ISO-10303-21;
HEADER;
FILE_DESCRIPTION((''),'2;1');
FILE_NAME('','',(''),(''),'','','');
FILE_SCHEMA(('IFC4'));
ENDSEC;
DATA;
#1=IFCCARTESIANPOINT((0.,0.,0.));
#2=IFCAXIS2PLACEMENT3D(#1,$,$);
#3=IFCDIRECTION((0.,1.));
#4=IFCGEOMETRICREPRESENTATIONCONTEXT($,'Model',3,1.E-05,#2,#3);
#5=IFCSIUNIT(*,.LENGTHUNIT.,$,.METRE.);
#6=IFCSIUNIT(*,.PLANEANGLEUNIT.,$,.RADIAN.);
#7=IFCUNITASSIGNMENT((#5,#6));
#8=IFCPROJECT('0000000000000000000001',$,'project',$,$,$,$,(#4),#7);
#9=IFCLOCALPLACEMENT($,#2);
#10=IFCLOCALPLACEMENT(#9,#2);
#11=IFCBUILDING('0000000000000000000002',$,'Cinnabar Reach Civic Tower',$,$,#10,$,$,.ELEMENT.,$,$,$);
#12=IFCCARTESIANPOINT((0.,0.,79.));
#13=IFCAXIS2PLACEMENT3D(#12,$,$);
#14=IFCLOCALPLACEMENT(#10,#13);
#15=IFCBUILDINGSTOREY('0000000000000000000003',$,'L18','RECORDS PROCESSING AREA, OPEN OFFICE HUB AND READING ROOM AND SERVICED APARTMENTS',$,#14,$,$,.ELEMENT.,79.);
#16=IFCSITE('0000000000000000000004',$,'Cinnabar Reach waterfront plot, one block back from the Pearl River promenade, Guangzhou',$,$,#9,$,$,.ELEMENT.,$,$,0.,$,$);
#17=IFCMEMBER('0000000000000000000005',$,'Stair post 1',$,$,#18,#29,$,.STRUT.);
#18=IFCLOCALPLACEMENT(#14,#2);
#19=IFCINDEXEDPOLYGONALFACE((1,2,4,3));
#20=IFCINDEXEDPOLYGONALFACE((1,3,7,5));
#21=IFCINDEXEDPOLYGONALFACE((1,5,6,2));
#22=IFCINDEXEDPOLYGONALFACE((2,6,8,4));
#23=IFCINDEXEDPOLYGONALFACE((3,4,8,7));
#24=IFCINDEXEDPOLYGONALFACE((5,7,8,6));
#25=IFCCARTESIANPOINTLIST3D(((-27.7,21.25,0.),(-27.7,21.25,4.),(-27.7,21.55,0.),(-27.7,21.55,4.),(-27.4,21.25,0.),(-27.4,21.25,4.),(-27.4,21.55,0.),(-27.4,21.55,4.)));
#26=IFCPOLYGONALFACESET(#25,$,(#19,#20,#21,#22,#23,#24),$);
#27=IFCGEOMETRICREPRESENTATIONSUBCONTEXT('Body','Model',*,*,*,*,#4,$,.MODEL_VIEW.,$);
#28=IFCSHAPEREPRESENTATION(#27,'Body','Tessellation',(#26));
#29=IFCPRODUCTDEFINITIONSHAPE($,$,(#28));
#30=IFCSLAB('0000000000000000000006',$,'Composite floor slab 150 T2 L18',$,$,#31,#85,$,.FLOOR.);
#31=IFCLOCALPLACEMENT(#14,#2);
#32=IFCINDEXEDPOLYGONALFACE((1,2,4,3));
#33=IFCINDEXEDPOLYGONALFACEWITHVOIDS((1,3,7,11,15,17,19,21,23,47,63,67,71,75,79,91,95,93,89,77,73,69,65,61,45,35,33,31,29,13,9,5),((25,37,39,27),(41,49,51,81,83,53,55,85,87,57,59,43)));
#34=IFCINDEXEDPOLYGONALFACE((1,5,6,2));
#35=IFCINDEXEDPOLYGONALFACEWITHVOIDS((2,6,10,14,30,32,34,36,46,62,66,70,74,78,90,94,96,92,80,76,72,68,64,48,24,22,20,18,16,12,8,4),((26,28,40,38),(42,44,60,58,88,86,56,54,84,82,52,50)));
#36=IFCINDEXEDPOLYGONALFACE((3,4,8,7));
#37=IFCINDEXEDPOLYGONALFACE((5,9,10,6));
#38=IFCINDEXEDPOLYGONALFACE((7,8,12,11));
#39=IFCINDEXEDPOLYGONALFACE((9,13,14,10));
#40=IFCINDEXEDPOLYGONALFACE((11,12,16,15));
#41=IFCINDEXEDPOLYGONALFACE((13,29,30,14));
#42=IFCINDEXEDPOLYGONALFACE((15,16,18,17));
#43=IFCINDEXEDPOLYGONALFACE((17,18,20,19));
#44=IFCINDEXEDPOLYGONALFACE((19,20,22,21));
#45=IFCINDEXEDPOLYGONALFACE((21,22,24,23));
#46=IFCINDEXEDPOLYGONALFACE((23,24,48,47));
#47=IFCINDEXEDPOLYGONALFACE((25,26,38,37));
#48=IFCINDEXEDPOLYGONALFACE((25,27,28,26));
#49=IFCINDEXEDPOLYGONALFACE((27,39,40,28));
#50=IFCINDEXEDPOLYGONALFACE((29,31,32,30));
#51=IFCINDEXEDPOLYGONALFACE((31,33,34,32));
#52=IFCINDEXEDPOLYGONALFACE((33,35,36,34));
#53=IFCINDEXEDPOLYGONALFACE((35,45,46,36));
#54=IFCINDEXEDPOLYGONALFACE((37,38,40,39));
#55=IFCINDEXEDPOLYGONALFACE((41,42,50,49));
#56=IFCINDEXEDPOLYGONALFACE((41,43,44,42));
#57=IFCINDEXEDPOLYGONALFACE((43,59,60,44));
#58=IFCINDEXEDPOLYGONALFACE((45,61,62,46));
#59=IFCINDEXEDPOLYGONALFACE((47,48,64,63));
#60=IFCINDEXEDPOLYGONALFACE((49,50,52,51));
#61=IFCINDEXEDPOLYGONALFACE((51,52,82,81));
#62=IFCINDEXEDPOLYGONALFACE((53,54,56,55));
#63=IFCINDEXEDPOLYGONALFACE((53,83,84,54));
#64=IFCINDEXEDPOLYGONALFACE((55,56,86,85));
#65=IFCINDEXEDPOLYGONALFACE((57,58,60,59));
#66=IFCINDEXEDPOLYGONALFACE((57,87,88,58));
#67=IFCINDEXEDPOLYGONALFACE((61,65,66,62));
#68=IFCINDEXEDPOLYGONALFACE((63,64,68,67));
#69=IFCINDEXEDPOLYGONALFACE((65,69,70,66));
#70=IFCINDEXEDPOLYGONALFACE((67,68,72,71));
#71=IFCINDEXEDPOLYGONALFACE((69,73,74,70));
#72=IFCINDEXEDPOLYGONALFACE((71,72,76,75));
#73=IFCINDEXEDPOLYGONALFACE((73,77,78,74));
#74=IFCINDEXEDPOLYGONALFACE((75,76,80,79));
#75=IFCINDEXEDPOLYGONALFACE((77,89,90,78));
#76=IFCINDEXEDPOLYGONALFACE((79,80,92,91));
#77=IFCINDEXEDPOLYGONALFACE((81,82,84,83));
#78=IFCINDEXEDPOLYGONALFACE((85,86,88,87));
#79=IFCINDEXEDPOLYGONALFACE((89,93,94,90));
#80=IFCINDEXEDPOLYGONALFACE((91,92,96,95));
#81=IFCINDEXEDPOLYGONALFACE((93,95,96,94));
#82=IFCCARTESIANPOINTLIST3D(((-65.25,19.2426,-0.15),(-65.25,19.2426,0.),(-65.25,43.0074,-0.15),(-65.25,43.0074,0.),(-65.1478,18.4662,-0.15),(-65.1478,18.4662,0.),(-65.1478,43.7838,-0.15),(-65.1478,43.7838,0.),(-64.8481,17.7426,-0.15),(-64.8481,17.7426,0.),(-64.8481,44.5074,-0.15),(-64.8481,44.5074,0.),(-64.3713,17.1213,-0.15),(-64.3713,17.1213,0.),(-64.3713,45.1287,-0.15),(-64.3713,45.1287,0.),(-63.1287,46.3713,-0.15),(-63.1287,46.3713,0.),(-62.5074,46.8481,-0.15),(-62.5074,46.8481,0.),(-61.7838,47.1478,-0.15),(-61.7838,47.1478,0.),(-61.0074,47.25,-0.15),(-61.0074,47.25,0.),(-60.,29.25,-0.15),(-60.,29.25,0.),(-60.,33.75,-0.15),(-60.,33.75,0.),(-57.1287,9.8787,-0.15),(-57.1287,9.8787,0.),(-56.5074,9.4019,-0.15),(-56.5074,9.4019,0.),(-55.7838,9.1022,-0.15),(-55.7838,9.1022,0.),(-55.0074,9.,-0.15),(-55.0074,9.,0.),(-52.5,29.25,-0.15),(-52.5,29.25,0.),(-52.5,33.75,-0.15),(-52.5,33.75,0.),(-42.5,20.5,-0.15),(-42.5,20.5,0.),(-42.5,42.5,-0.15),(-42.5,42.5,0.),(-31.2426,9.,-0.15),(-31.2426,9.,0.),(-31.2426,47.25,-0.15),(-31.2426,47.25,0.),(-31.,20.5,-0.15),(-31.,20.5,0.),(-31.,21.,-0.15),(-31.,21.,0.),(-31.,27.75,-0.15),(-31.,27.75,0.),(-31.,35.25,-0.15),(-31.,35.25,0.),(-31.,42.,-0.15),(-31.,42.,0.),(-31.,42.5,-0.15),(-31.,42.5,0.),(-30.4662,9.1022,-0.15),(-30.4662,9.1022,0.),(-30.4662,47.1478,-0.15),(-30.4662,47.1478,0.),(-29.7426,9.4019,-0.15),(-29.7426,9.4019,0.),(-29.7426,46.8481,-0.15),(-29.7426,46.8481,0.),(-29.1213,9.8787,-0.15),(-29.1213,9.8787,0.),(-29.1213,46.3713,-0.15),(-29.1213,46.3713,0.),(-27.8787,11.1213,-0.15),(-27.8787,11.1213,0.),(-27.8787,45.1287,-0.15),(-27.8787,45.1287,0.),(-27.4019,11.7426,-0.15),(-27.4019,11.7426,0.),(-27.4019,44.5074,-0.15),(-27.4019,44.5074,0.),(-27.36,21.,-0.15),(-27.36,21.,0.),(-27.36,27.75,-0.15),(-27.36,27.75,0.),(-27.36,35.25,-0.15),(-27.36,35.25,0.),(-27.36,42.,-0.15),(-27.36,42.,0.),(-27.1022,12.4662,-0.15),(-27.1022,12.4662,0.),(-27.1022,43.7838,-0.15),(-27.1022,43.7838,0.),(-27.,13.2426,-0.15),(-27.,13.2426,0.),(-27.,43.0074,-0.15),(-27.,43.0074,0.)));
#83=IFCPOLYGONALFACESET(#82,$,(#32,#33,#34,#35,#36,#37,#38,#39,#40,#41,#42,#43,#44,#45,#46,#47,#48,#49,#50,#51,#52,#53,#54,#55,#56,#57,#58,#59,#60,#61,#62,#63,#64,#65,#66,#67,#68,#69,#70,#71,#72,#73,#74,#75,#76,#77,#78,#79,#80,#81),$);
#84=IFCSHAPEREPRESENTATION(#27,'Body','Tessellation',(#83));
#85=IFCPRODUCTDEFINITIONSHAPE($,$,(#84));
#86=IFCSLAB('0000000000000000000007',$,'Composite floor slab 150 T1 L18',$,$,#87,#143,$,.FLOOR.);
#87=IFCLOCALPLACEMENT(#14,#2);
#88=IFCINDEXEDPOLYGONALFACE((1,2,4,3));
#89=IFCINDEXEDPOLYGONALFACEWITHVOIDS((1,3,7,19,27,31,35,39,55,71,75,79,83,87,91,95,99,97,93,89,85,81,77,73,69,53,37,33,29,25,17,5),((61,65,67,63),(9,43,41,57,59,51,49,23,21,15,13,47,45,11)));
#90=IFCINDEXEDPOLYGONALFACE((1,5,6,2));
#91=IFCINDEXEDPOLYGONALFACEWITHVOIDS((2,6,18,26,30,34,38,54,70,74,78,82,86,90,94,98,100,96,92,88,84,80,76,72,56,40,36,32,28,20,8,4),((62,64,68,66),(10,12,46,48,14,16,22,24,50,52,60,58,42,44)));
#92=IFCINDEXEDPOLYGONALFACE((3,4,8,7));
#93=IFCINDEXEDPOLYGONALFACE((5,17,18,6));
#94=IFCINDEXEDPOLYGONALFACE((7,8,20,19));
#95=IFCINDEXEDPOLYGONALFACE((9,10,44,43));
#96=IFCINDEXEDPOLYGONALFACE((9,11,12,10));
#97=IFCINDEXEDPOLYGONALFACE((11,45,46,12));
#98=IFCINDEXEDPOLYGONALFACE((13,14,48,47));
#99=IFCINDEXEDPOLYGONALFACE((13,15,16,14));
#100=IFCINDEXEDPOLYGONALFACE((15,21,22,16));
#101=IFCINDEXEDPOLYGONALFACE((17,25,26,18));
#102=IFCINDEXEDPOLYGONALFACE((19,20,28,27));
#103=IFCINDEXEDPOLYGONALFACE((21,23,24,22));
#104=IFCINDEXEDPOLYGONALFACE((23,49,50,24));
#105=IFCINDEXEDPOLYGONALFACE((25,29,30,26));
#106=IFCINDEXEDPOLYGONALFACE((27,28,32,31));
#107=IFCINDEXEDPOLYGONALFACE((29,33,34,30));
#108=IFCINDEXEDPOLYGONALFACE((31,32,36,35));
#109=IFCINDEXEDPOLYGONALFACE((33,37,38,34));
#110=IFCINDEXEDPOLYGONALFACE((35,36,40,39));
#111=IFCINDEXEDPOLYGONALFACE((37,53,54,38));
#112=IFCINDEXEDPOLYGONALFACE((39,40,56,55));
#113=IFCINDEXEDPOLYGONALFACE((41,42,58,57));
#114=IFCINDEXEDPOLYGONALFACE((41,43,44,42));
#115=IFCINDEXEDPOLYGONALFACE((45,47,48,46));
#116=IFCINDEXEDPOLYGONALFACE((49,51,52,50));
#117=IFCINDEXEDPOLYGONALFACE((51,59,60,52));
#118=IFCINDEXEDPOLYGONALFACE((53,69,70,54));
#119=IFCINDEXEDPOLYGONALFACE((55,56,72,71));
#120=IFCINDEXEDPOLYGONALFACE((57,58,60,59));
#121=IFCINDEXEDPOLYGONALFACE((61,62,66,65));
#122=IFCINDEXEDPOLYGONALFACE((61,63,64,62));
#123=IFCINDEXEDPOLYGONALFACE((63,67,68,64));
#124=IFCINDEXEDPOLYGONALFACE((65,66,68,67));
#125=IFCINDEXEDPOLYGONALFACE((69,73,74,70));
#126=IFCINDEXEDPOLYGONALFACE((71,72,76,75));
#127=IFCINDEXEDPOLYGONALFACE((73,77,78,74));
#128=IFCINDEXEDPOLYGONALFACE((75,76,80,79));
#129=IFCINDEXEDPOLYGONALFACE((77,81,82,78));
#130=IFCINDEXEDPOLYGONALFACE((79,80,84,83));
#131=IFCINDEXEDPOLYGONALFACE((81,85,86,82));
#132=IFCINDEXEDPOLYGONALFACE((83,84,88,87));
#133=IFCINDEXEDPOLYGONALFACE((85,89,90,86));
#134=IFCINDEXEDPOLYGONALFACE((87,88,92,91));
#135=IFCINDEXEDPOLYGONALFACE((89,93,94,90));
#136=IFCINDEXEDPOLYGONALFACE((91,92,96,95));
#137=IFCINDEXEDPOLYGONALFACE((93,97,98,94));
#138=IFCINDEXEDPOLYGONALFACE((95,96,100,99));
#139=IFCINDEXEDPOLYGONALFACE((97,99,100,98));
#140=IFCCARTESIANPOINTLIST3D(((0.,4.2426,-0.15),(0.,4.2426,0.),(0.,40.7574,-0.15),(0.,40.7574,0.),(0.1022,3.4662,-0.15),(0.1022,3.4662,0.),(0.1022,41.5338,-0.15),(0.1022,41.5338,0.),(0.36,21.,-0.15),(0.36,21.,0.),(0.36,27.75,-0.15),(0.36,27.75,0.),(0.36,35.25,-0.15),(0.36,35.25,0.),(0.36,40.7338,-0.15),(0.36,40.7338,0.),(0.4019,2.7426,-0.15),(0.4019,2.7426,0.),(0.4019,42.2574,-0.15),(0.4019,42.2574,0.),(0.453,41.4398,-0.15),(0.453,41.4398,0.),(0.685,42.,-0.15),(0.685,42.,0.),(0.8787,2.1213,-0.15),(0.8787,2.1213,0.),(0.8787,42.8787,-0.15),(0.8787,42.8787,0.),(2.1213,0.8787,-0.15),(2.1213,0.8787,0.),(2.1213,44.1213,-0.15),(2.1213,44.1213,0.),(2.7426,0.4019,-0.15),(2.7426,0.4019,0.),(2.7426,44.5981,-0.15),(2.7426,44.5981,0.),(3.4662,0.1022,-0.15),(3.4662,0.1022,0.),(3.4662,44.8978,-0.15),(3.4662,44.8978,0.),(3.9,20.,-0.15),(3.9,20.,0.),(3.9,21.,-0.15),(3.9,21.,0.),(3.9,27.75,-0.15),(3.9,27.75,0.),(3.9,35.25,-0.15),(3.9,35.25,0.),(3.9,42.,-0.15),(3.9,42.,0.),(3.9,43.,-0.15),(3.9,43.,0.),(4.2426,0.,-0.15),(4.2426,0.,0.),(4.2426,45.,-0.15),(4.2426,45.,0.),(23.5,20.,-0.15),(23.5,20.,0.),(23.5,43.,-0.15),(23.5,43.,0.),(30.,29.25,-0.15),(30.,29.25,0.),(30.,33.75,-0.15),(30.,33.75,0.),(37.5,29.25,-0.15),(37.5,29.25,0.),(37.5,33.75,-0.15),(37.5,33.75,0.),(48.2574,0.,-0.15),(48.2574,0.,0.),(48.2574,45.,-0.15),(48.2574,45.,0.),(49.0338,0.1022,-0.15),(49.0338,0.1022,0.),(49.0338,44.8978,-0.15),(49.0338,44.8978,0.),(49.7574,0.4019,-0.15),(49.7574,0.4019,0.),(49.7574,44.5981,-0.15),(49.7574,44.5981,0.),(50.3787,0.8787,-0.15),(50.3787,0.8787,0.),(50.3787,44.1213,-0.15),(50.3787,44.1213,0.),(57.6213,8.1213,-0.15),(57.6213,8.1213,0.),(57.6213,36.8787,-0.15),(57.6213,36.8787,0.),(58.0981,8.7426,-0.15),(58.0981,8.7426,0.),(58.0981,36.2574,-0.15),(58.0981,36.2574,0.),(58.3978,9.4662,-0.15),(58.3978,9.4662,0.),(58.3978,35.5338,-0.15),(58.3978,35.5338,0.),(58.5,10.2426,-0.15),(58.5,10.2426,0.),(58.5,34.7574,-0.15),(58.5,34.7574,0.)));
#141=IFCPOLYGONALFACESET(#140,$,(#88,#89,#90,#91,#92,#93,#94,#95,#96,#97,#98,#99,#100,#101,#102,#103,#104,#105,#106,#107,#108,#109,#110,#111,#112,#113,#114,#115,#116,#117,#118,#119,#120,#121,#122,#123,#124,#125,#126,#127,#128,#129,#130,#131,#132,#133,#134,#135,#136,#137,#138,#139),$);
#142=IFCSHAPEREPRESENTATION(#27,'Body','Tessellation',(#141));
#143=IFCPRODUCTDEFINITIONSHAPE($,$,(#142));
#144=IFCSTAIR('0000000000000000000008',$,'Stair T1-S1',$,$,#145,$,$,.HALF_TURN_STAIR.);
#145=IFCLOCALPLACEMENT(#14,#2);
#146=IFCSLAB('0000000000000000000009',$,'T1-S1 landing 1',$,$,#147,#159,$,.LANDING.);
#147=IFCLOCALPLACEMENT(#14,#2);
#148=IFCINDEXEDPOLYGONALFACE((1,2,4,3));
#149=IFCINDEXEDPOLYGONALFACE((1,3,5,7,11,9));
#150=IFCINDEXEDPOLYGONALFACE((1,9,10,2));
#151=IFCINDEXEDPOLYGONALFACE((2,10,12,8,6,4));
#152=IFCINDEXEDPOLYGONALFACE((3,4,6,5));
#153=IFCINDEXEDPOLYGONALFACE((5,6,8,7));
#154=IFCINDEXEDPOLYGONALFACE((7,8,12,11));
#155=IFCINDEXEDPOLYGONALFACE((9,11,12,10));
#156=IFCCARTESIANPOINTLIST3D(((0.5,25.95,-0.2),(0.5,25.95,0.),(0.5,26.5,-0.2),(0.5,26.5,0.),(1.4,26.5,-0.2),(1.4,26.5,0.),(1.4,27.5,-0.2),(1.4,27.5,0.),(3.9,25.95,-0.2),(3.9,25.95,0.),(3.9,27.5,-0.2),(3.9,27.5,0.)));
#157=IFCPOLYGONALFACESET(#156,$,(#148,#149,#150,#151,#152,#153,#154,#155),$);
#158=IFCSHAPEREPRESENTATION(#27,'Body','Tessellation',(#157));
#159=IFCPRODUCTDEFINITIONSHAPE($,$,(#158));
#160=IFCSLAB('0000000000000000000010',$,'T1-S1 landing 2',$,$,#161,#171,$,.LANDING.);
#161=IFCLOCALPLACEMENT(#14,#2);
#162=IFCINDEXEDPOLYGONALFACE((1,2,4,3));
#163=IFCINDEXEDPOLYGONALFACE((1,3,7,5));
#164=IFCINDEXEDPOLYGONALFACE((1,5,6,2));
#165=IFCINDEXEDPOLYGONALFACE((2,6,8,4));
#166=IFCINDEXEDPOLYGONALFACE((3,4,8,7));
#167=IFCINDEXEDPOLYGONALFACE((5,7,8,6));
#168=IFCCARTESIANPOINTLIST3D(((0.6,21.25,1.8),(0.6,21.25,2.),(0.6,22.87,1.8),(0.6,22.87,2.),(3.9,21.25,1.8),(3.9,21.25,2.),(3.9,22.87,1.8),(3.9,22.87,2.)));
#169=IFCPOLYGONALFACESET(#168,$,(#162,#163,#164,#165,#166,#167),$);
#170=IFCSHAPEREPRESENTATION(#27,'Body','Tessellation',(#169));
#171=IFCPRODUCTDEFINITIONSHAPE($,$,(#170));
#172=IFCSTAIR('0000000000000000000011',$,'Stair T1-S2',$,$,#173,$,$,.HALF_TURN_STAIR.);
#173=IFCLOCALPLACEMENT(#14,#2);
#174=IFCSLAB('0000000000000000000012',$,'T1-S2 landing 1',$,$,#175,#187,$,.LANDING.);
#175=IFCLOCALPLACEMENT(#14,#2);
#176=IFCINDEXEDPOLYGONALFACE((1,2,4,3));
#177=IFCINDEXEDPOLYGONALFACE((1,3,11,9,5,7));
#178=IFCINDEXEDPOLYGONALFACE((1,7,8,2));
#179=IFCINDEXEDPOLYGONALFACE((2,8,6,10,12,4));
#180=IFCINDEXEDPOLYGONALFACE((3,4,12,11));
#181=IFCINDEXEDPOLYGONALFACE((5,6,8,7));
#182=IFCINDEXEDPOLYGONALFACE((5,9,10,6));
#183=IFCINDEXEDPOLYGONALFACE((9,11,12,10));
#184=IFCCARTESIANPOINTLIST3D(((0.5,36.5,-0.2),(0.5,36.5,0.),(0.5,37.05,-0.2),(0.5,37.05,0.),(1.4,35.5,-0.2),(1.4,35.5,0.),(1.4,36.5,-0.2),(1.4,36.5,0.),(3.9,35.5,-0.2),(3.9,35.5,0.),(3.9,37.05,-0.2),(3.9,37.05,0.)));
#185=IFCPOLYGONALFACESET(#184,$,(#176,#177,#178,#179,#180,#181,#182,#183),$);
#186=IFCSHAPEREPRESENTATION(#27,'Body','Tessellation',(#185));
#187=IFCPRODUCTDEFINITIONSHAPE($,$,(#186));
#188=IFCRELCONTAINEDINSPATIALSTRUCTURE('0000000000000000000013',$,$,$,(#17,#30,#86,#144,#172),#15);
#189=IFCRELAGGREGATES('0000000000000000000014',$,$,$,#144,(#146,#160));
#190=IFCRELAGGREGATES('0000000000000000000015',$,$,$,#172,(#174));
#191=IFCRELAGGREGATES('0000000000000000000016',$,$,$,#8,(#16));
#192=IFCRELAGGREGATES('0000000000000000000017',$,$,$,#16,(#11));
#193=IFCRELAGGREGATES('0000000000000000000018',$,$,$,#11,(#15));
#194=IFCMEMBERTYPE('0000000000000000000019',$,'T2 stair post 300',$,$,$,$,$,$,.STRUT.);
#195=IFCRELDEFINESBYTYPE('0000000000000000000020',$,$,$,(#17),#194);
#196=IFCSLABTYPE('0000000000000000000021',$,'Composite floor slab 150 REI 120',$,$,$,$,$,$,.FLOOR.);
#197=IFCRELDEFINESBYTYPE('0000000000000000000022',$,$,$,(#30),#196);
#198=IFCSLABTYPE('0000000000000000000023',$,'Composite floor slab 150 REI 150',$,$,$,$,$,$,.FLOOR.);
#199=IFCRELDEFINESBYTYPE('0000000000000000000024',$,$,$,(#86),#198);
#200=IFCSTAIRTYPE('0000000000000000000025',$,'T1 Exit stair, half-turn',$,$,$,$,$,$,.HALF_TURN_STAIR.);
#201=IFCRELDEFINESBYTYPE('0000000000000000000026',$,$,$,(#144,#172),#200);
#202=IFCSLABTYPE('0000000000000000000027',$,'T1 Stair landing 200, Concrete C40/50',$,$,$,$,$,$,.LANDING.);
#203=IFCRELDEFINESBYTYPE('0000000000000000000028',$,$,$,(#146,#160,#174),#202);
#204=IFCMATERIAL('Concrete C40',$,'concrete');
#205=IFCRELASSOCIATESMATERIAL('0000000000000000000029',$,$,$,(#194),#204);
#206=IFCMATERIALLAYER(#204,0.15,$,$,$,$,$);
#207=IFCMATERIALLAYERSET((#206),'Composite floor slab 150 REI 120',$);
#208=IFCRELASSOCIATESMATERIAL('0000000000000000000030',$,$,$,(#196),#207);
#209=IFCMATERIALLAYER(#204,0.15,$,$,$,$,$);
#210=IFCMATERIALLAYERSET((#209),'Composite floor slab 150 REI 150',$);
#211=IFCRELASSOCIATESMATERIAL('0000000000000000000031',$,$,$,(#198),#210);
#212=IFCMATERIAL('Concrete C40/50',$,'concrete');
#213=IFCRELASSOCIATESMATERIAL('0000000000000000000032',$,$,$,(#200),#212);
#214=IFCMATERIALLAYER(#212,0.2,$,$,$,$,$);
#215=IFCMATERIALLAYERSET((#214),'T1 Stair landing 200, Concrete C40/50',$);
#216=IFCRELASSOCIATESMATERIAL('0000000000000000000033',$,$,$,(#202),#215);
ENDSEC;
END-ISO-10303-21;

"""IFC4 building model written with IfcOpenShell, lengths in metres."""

from ifc_helpers import new_model, si_unit, direction, frame, origin, origin_2d, place, context, subcontext, project, spatial, polyline, rectangle, outline, extrude, material, layer, layer_set, material_profile, profile_set, type_object, element, aggregate, save


model = new_model("IFC4")

# Units and contexts
model_context = context("Model", 3, precision=1e-05, world=origin(), true_north=direction((0.0, 1.0)))
body_context = subcontext(model_context, "Body", "Model", "MODEL_VIEW")
ifc_project = project(units=[si_unit("LENGTHUNIT", "METRE"), si_unit("PLANEANGLEUNIT", "RADIAN")], contexts=[model_context])

# Site, building, storey
site_placement = place(None, origin())
site = spatial("IfcSite", under=ifc_project, at=site_placement, Name="Cinnabar Reach waterfront plot, one block back from the Pearl River promenade, Guangzhou", CompositionType="ELEMENT", RefElevation=0.0)
building_placement = place(site_placement, origin())
building = spatial("IfcBuilding", under=site, at=building_placement, Name="Cinnabar Reach Civic Tower", CompositionType="ELEMENT")
storey_placement = place(building_placement, frame((0.0, 0.0, 79.0)))
storey = spatial("IfcBuildingStorey", under=building, at=storey_placement, Name="L18", Description="RECORDS PROCESSING AREA, OPEN OFFICE HUB AND READING ROOM AND SERVICED APARTMENTS", CompositionType="ELEMENT", Elevation=79.0)

# Member
ifc_material_1 = material(Name="Concrete C40", Category="concrete")
ifc_material_profile = material_profile(ifc_material_1, rectangle(XDim=0.3, YDim=0.3, at=origin_2d()), Name="C300")
ifc_profile_set = profile_set([ifc_material_profile], Name="Concrete C40")
member_type = type_object("IfcMemberType", Name="T2 stair post 300", PredefinedType="STRUT", material=ifc_profile_set)
member_placement = place(storey_placement, frame((-27.55, 21.4, 0.0), z_axis=(0.0, 0.0, 1.0), x_axis=(1.0, 0.0, 0.0)))
element("IfcMember", 1, at=member_placement, inside=storey, type_object=member_type, Name="Stair post 1", PredefinedType="STRUT", context=body_context, shape_type="SweptSolid", body=[
    extrude(rectangle(XDim=0.3, YDim=0.3, at=origin_2d()), origin(), (0.0, 0.0, 1.0), 4.0),
])

# Slabs
ifc_layer_1 = layer(ifc_material_1, 0.15)
ifc_layer_set_1 = layer_set([ifc_layer_1], Name="Composite floor slab 150 REI 120")
slab_type_1 = type_object("IfcSlabType", Name="Composite floor slab 150 REI 120", PredefinedType="FLOOR", material=ifc_layer_set_1)
slab_1_placement = place(storey_placement, frame((0.0, 0.0, -0.15)))
element("IfcSlab", 2, at=slab_1_placement, inside=storey, type_object=slab_type_1, Name="Composite floor slab 150 T2 L18", PredefinedType="FLOOR", context=body_context, shape_type="SweptSolid", body=[
    extrude(outline(polyline([(-64.3713, 17.1213), (-64.8481, 17.7426), (-65.1478, 18.4662), (-65.25, 19.2426), (-65.25, 43.0074), (-65.1478, 43.7838), (-64.8481, 44.5074), (-64.3713, 45.1287), (-63.1287, 46.3713), (-62.5074, 46.8481), (-61.7838, 47.1478), (-61.0074, 47.25), (-31.2426, 47.25), (-30.4662, 47.1478), (-29.7426, 46.8481), (-29.1213, 46.3713), (-27.8787, 45.1287), (-27.4019, 44.5074), (-27.1022, 43.7838), (-27.0, 43.0074), (-27.0, 13.2426), (-27.1022, 12.4662), (-27.4019, 11.7426), (-27.8787, 11.1213), (-29.1213, 9.8787), (-29.7426, 9.4019), (-30.4662, 9.1022), (-31.2426, 9.0), (-55.0074, 9.0), (-55.7838, 9.1022), (-56.5074, 9.4019), (-57.1287, 9.8787), (-64.3713, 17.1213)]), holes=[polyline([(-31.0, 27.75), (-31.0, 35.25), (-27.36, 35.25), (-27.36, 42.0), (-31.0, 42.0), (-31.0, 42.5), (-42.5, 42.5), (-42.5, 20.5), (-31.0, 20.5), (-31.0, 21.0), (-27.36, 21.0), (-27.36, 27.75), (-31.0, 27.75)]), polyline([(-60.0, 33.75), (-60.0, 29.25), (-52.5, 29.25), (-52.5, 33.75), (-60.0, 33.75)])]), origin(), (0.0, 0.0, 1.0), 0.15),
])
ifc_layer_2 = layer(ifc_material_1, 0.15)
ifc_layer_set_2 = layer_set([ifc_layer_2], Name="Composite floor slab 150 REI 150")
slab_type_2 = type_object("IfcSlabType", Name="Composite floor slab 150 REI 150", PredefinedType="FLOOR", material=ifc_layer_set_2)
slab_2_placement = place(storey_placement, frame((0.0, 0.0, -0.15)))
element("IfcSlab", 3, at=slab_2_placement, inside=storey, type_object=slab_type_2, Name="Composite floor slab 150 T1 L18", PredefinedType="FLOOR", context=body_context, shape_type="SweptSolid", body=[
    extrude(outline(polyline([(0.8787, 2.1213), (0.4019, 2.7426), (0.1022, 3.4662), (0.0, 4.2426), (0.0, 40.7574), (0.1022, 41.5338), (0.4019, 42.2574), (0.8787, 42.8787), (2.1213, 44.1213), (2.7426, 44.5981), (3.4662, 44.8978), (4.2426, 45.0), (48.2574, 45.0), (49.0338, 44.8978), (49.7574, 44.5981), (50.3787, 44.1213), (57.6213, 36.8787), (58.0981, 36.2574), (58.3978, 35.5338), (58.5, 34.7574), (58.5, 10.2426), (58.3978, 9.4662), (58.0981, 8.7426), (57.6213, 8.1213), (50.3787, 0.8787), (49.7574, 0.4019), (49.0338, 0.1022), (48.2574, 0.0), (4.2426, 0.0), (3.4662, 0.1022), (2.7426, 0.4019), (2.1213, 0.8787), (0.8787, 2.1213)]), holes=[polyline([(0.36, 21.0), (3.9, 21.0), (3.9, 20.0), (23.5, 20.0), (23.5, 43.0), (3.9, 43.0), (3.9, 42.0), (0.685, 42.0), (0.453, 41.4398), (0.36, 40.7338), (0.36, 35.25), (3.9, 35.25), (3.9, 27.75), (0.36, 27.75), (0.36, 21.0)]), polyline([(30.0, 33.75), (30.0, 29.25), (37.5, 29.25), (37.5, 33.75), (30.0, 33.75)])]), origin(), (0.0, 0.0, 1.0), 0.15),
])

# Stairs, slabs
ifc_material_2 = material(Name="Concrete C40/50", Category="concrete")
stair_type = type_object("IfcStairType", Name="T1 Exit stair, half-turn", PredefinedType="HALF_TURN_STAIR", material=ifc_material_2)
stair_1_placement = place(storey_placement, origin())
stair_1 = element("IfcStair", 4, at=stair_1_placement, inside=storey, type_object=stair_type, Name="Stair T1-S1", PredefinedType="HALF_TURN_STAIR")
ifc_layer_3 = layer(ifc_material_2, 0.2)
ifc_layer_set_3 = layer_set([ifc_layer_3], Name="T1 Stair landing 200, Concrete C40/50")
slab_type_3 = type_object("IfcSlabType", Name="T1 Stair landing 200, Concrete C40/50", PredefinedType="LANDING", material=ifc_layer_set_3)
slab_3_placement = place(storey_placement, frame((0.0, 0.0, -0.2)))
slab_3 = element("IfcSlab", 5, at=slab_3_placement, type_object=slab_type_3, Name="T1-S1 landing 1", PredefinedType="LANDING", context=body_context, shape_type="SweptSolid", body=[
    extrude(outline(polyline([(3.9, 27.5), (3.9, 25.95), (0.5, 25.95), (0.5, 26.5), (1.4, 26.5), (1.4, 27.5), (3.9, 27.5)])), origin(), (0.0, 0.0, 1.0), 0.2),
])
slab_4_placement = place(storey_placement, frame((0.0, 0.0, 1.8)))
slab_4 = element("IfcSlab", 6, at=slab_4_placement, type_object=slab_type_3, Name="T1-S1 landing 2", PredefinedType="LANDING", context=body_context, shape_type="SweptSolid", body=[
    extrude(outline(polyline([(0.6, 21.25), (0.6, 22.87), (3.9, 22.87), (3.9, 21.25), (0.6, 21.25)])), origin(), (0.0, 0.0, 1.0), 0.2),
])
aggregate(stair_1, [slab_3, slab_4])
stair_2_placement = place(storey_placement, origin())
stair_2 = element("IfcStair", 7, at=stair_2_placement, inside=storey, type_object=stair_type, Name="Stair T1-S2", PredefinedType="HALF_TURN_STAIR")
slab_5_placement = place(storey_placement, frame((0.0, 0.0, -0.2)))
slab_5 = element("IfcSlab", 8, at=slab_5_placement, type_object=slab_type_3, Name="T1-S2 landing 1", PredefinedType="LANDING", context=body_context, shape_type="SweptSolid", body=[
    extrude(outline(polyline([(0.5, 37.05), (3.9, 37.05), (3.9, 35.5), (1.4, 35.5), (1.4, 36.5), (0.5, 36.5), (0.5, 37.05)])), origin(), (0.0, 0.0, 1.0), 0.2),
])
aggregate(stair_2, [slab_5])

save(model, "model.ifc")
